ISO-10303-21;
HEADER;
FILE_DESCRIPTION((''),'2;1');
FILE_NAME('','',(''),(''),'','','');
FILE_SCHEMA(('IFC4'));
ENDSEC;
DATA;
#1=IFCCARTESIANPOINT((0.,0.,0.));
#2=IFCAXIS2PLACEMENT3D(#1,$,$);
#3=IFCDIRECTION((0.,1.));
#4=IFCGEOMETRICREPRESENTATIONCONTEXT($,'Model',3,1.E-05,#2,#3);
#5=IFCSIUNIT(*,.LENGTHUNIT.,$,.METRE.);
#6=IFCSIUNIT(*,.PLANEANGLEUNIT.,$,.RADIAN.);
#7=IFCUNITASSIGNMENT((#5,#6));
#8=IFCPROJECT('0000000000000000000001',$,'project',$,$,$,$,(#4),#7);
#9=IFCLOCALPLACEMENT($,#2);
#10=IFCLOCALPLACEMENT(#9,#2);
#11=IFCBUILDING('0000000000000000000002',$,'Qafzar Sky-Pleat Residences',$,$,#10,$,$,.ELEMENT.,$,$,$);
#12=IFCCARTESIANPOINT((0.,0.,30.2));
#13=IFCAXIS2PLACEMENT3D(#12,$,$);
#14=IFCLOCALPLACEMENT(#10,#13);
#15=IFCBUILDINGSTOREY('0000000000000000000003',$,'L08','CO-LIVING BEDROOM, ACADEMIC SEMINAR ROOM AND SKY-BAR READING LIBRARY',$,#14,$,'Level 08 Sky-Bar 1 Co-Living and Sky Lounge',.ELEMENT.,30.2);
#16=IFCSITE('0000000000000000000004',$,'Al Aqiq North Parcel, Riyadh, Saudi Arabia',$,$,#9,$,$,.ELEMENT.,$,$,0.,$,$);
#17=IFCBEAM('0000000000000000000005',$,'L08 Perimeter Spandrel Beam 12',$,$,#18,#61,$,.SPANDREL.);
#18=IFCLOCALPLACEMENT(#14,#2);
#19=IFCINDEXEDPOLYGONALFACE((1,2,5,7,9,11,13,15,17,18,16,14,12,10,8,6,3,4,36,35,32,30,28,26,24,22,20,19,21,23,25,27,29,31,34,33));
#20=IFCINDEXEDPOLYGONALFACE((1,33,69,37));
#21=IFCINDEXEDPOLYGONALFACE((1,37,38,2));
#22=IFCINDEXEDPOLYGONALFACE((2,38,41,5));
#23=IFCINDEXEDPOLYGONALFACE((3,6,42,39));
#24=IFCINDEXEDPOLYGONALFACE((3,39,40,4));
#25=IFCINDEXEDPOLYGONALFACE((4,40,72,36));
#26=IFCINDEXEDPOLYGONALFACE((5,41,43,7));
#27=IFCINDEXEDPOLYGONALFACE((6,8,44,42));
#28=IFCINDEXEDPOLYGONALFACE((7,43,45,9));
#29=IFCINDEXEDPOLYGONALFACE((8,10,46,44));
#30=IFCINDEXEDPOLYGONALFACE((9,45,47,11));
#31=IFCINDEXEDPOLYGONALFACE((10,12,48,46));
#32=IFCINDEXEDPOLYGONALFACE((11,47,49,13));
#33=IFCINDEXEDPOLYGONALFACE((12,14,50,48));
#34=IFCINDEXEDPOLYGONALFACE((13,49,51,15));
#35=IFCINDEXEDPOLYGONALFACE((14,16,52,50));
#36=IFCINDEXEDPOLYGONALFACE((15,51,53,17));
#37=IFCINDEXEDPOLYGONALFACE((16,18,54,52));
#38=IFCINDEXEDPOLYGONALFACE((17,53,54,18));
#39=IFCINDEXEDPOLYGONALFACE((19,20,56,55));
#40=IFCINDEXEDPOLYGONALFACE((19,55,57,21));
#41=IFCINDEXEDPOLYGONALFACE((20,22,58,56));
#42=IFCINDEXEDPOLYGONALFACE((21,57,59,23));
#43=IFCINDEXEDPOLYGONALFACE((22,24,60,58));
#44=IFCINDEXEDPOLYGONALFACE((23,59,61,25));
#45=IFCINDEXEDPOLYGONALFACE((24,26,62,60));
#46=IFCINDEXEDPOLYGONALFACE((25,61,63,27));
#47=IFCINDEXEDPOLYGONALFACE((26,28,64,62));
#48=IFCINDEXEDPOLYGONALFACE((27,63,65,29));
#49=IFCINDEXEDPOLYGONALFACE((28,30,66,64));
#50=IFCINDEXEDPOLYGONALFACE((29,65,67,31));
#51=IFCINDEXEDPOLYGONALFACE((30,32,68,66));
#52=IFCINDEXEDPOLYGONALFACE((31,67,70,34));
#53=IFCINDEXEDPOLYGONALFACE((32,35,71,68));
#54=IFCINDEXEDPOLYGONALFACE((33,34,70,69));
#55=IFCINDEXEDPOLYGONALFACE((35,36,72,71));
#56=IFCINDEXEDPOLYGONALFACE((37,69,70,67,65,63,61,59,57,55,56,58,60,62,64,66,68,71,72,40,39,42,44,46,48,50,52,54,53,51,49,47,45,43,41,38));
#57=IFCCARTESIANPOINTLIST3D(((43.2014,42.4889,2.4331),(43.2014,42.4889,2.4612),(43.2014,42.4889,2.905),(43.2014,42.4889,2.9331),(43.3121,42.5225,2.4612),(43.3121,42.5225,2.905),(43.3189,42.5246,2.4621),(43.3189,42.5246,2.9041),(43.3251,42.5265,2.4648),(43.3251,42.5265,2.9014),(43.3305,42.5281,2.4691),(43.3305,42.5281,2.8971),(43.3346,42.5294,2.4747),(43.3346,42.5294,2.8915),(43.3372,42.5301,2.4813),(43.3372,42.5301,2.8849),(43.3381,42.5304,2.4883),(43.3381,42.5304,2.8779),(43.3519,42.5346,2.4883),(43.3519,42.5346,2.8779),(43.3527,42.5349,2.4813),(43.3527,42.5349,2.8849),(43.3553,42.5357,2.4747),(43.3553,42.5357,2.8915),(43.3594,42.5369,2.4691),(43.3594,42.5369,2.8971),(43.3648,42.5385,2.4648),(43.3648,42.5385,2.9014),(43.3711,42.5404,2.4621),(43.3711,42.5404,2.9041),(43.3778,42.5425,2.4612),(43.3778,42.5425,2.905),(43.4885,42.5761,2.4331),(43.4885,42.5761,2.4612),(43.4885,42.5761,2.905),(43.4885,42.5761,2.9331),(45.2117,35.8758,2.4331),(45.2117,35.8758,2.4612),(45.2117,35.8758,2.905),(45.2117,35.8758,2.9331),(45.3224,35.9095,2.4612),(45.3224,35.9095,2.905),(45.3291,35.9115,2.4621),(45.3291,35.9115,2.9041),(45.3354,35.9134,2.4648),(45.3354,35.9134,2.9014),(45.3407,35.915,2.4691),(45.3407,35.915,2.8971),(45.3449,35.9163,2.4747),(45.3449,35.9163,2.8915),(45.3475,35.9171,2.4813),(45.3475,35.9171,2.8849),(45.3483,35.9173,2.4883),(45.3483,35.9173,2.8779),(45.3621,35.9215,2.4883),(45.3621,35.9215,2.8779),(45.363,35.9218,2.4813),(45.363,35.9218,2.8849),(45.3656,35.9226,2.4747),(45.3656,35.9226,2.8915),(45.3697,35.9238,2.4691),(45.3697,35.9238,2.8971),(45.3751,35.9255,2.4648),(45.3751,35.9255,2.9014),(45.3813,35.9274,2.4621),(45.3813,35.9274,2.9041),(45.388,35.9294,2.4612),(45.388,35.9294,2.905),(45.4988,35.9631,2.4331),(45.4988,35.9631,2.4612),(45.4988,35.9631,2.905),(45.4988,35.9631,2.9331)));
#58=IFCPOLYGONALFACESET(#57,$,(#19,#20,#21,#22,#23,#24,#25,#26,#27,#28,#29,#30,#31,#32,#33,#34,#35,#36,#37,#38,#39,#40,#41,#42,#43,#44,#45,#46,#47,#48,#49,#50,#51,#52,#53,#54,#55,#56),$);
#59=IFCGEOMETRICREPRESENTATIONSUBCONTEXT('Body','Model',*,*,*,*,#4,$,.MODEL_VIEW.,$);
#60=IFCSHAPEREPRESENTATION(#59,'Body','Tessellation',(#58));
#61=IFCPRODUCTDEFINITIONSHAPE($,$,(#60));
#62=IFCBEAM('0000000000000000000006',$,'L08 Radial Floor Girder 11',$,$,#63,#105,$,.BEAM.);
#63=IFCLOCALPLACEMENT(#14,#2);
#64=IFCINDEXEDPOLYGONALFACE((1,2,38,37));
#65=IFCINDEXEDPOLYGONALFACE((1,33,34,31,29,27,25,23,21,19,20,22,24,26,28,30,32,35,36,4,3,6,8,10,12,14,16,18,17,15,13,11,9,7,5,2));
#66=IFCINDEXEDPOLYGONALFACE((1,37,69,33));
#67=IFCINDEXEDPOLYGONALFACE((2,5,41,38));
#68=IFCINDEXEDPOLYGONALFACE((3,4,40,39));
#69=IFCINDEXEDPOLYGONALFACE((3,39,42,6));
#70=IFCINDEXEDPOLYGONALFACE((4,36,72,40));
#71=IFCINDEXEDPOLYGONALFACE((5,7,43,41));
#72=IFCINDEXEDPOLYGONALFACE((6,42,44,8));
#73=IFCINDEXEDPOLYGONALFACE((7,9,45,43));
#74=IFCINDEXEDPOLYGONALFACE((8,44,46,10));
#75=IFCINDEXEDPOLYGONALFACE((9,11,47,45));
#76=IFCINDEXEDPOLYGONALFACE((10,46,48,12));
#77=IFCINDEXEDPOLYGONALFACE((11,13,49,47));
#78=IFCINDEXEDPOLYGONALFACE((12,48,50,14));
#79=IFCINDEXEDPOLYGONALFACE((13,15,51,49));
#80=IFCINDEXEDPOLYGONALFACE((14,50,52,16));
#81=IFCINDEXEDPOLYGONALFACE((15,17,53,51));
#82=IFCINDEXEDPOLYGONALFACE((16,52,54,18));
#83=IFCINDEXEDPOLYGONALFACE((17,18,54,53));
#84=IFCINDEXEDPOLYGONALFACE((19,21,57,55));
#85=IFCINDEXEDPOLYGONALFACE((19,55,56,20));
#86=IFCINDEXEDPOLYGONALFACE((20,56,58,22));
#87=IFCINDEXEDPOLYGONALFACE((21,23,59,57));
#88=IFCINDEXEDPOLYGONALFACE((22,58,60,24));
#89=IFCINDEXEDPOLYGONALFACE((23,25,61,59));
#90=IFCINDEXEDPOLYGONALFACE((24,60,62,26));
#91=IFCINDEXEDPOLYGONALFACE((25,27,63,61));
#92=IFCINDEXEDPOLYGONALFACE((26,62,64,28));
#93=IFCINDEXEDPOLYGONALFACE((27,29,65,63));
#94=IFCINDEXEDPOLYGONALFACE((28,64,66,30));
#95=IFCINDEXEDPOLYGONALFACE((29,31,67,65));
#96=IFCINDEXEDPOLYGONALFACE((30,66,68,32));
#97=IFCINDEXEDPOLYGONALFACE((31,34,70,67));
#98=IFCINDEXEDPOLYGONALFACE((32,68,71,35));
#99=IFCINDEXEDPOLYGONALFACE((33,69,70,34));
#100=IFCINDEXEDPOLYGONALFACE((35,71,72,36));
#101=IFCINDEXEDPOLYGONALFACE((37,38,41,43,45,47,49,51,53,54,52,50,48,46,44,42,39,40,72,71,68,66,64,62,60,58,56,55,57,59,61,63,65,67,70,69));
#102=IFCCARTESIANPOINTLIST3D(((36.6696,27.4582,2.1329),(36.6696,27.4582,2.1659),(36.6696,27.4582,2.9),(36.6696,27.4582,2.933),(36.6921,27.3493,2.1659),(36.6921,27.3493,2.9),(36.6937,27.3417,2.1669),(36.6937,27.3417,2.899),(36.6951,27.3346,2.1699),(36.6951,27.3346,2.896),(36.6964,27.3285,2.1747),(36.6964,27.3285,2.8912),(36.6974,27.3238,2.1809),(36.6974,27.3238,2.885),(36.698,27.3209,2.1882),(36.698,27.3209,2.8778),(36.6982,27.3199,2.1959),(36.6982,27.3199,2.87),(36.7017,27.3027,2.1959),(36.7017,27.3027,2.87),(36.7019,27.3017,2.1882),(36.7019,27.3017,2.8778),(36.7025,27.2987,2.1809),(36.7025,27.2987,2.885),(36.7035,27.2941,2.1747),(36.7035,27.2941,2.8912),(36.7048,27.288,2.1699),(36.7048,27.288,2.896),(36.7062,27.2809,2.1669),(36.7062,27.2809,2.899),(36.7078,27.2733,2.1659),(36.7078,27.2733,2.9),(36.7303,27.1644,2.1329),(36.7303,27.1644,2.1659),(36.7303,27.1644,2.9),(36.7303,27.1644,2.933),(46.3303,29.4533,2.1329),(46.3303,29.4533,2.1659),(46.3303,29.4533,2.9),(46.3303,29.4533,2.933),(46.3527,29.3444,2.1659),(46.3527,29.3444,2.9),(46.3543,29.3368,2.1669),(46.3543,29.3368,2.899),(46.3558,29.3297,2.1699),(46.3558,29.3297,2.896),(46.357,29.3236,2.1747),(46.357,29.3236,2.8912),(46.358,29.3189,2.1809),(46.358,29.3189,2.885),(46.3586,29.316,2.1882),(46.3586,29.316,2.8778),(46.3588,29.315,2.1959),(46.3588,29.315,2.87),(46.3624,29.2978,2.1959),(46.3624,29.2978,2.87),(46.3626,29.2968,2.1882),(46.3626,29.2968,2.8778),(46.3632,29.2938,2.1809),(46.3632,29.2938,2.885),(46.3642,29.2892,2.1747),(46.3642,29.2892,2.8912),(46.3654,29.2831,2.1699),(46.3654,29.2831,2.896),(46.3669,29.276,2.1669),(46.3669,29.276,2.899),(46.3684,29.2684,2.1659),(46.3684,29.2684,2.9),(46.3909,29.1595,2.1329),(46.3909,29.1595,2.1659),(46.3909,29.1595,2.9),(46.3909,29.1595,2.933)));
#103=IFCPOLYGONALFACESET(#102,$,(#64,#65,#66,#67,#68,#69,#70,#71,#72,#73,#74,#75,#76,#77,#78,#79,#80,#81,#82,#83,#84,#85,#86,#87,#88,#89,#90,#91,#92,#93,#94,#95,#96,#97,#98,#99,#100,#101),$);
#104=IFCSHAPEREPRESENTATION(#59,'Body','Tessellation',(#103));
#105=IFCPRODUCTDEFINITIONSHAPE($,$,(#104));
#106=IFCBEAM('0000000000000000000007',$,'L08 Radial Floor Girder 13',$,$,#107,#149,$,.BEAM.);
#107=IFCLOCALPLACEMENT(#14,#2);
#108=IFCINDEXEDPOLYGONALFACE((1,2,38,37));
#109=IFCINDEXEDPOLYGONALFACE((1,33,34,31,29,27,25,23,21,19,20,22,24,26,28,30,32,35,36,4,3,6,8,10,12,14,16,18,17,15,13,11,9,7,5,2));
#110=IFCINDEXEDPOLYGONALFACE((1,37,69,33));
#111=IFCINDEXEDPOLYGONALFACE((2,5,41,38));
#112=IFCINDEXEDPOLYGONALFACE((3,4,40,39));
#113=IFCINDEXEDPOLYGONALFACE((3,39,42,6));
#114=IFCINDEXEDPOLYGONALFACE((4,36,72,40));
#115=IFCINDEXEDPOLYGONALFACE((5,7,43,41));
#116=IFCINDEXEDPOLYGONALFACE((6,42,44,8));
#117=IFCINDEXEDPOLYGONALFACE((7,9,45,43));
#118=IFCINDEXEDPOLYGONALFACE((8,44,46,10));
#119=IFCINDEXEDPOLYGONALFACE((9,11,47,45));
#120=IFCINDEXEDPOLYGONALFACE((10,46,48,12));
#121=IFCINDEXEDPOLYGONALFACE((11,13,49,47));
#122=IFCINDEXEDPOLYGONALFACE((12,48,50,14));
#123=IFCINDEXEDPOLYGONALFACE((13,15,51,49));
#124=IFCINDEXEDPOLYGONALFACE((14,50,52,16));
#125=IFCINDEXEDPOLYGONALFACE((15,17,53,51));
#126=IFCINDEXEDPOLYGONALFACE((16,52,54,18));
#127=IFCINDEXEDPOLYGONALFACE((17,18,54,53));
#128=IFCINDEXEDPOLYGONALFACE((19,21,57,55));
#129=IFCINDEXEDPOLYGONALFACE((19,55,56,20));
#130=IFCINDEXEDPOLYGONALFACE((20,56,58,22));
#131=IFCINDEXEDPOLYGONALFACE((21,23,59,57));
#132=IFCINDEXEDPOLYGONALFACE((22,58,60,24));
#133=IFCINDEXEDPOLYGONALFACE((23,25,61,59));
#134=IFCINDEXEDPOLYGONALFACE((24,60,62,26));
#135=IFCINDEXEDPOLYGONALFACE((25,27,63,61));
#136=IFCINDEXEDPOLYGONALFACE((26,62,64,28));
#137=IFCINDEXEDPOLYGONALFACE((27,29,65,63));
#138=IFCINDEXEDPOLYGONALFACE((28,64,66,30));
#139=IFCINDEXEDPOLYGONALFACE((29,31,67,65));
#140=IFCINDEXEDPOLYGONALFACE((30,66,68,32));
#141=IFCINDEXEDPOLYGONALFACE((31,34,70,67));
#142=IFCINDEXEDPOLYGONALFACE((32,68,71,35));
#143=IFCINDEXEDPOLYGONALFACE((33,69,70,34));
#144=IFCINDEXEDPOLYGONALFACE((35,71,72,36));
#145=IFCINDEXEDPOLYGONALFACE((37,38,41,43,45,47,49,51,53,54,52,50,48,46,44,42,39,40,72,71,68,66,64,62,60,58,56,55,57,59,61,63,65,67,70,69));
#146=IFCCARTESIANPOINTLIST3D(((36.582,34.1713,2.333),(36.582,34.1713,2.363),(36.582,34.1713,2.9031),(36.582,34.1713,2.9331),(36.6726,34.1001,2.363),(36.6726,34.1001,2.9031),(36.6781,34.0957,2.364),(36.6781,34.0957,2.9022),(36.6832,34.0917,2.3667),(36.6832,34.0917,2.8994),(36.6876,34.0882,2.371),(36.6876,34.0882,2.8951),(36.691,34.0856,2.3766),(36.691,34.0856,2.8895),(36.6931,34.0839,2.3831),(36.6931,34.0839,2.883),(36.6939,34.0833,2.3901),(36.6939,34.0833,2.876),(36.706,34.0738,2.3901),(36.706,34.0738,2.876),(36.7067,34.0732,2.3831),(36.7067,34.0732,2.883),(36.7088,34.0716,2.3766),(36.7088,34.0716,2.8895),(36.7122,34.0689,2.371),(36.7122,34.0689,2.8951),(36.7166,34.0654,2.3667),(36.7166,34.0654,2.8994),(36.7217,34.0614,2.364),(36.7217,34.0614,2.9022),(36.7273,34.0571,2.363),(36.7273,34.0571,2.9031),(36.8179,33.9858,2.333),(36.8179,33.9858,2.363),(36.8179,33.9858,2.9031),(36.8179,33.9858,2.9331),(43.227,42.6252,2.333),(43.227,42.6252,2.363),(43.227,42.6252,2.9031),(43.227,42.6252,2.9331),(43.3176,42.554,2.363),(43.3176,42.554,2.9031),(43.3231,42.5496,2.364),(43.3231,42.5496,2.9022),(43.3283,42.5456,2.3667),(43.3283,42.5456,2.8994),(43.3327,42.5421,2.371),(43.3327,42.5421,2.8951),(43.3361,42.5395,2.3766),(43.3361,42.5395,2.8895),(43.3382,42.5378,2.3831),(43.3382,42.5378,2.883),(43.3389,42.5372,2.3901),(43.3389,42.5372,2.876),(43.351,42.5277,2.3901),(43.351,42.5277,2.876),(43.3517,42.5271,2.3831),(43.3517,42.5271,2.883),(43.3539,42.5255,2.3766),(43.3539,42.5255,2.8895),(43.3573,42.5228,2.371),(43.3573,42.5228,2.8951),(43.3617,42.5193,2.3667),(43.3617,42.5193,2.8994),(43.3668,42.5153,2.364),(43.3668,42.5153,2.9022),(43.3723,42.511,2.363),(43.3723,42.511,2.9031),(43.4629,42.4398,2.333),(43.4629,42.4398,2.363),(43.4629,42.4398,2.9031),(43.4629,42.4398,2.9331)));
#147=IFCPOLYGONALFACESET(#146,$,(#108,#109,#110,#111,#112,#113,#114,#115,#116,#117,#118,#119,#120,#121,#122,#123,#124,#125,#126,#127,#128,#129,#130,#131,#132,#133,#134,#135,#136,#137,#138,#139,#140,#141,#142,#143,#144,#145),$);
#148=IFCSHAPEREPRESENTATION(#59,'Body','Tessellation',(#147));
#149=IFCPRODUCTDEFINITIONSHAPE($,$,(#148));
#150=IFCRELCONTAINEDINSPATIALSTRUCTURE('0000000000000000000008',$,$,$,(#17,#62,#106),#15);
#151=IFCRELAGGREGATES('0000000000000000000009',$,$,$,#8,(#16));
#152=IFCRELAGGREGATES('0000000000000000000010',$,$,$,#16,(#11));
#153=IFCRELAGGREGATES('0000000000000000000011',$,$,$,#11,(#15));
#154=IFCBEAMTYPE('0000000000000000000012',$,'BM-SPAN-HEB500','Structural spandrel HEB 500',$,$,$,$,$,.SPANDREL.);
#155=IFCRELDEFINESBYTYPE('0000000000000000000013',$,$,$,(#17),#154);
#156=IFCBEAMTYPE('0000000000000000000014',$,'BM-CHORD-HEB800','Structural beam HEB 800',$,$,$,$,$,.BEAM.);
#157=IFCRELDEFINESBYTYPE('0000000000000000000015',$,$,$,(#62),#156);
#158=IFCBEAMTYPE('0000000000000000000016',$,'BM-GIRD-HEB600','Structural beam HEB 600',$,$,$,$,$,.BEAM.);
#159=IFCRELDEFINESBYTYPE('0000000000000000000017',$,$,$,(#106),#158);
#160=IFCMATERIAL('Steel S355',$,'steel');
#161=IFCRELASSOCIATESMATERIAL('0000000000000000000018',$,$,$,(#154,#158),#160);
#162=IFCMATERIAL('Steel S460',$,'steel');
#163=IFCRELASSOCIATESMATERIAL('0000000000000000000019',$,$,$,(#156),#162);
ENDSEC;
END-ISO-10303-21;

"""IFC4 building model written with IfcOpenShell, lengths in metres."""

from ifc_helpers import new_model, si_unit, direction, frame, origin, origin_2d, place, context, subcontext, project, spatial, i_section, extrude, source, transform, mapped, material, material_profile, profile_set, type_object, element, save


model = new_model("IFC4")

# Units and contexts
model_context = context("Model", 3, precision=1e-05, world=origin(), true_north=direction((0.0, 1.0)))
body_context = subcontext(model_context, "Body", "Model", "MODEL_VIEW")
ifc_project = project(units=[si_unit("LENGTHUNIT", "METRE"), si_unit("PLANEANGLEUNIT", "RADIAN")], contexts=[model_context])

# Site, building, storey
site_placement = place(None, origin())
site = spatial("IfcSite", under=ifc_project, at=site_placement, Name="Al Aqiq North Parcel, Riyadh, Saudi Arabia", CompositionType="ELEMENT", RefElevation=0.0)
building_placement = place(site_placement, origin())
building = spatial("IfcBuilding", under=site, at=building_placement, Name="Qafzar Sky-Pleat Residences", CompositionType="ELEMENT")
storey_placement = place(building_placement, frame((0.0, 0.0, 30.2)))
storey = spatial("IfcBuildingStorey", under=building, at=storey_placement, Name="L08", Description="CO-LIVING BEDROOM, ACADEMIC SEMINAR ROOM AND SKY-BAR READING LIBRARY", LongName="Level 08 Sky-Bar 1 Co-Living and Sky Lounge", CompositionType="ELEMENT", Elevation=30.2)

# Shared definitions
ifc_material_1 = material(Name="Steel S460", Category="steel")

# Beams
ifc_material_2 = material(Name="Steel S355", Category="steel")
ifc_material_profile_1 = material_profile(ifc_material_2, i_section(OverallWidth=0.3, OverallDepth=0.5, WebThickness=0.0144, FlangeThickness=0.0281, FilletRadius=0.0271, at=origin_2d()), Name="HEB 500")
ifc_profile_set_1 = profile_set([ifc_material_profile_1], Name="Steel S355")
beam_type_1 = type_object("IfcBeamType", Name="BM-SPAN-HEB500", Description="Structural spandrel HEB 500", PredefinedType="SPANDREL", material=ifc_profile_set_1)
shared_shape_1 = source(origin(), body_context, "Body", "SweptSolid", [
    extrude(i_section(OverallWidth=0.3, OverallDepth=0.5, WebThickness=0.0144, FlangeThickness=0.0281, FilletRadius=0.0271, at=origin_2d()), origin(), (0.0, 0.0, 1.0), 6.9119),
])
beam_1_placement = place(storey_placement, frame((45.3552, 35.9194, 2.6831), z_axis=(-0.290843, 0.956771, 0.0), x_axis=(-0.956771, -0.290843, 0.0)))
element("IfcBeam", 1, at=beam_1_placement, inside=storey, type_object=beam_type_1, Name="L08 Perimeter Spandrel Beam 12", PredefinedType="SPANDREL", context=body_context, shape_type="MappedRepresentation", body=[
    mapped(shared_shape_1, transform((0.0, 0.0, 0.0), x_axis=(1.0, 0.0, 0.0), y_axis=(0.0, 1.0, 0.0), z_axis=(0.0, 0.0, 1.0), scale=1.0)),
])
ifc_material_profile_2 = material_profile(ifc_material_1, i_section(OverallWidth=0.3, OverallDepth=0.8, WebThickness=0.0176, FlangeThickness=0.033, FilletRadius=0.03, at=origin_2d()), Name="HEB 800")
ifc_profile_set_2 = profile_set([ifc_material_profile_2], Name="Steel S460")
beam_type_2 = type_object("IfcBeamType", Name="BM-CHORD-HEB800", Description="Structural beam HEB 800", PredefinedType="BEAM", material=ifc_profile_set_2)
shared_shape_2 = source(origin(), body_context, "Body", "SweptSolid", [
    extrude(i_section(OverallWidth=0.3, OverallDepth=0.8, WebThickness=0.0176, FlangeThickness=0.033, FilletRadius=0.03, at=origin_2d()), origin(), (0.0, 0.0, 1.0), 9.8645),
])
beam_2_placement = place(storey_placement, frame((46.3606, 29.3064, 2.533), z_axis=(-0.979334, -0.202252, 0.0), x_axis=(0.202252, -0.979334, 0.0)))
element("IfcBeam", 2, at=beam_2_placement, inside=storey, type_object=beam_type_2, Name="L08 Radial Floor Girder 11", PredefinedType="BEAM", context=body_context, shape_type="MappedRepresentation", body=[
    mapped(shared_shape_2, transform((0.0, 0.0, 0.0), x_axis=(1.0, 0.0, 0.0), y_axis=(0.0, 1.0, 0.0), z_axis=(0.0, 0.0, 1.0), scale=1.0)),
])
ifc_material_profile_3 = material_profile(ifc_material_2, i_section(OverallWidth=0.3, OverallDepth=0.6001, WebThickness=0.0154, FlangeThickness=0.03, FilletRadius=0.0271, at=origin_2d()), Name="HEB 600")
ifc_profile_set_3 = profile_set([ifc_material_profile_3], Name="Steel S355")
beam_type_3 = type_object("IfcBeamType", Name="BM-GIRD-HEB600", Description="Structural beam HEB 600", PredefinedType="BEAM", material=ifc_profile_set_3)
shared_shape_3 = source(origin(), body_context, "Body", "SweptSolid", [
    extrude(i_section(OverallWidth=0.3, OverallDepth=0.6001, WebThickness=0.0154, FlangeThickness=0.03, FilletRadius=0.0271, at=origin_2d()), origin(), (0.0, 0.0, 1.0), 10.7529),
])
beam_3_placement = place(storey_placement, frame((43.345, 42.5325, 2.6331), z_axis=(-0.617977, -0.786196, 0.0), x_axis=(0.786196, -0.617977, 0.0)))
element("IfcBeam", 3, at=beam_3_placement, inside=storey, type_object=beam_type_3, Name="L08 Radial Floor Girder 13", PredefinedType="BEAM", context=body_context, shape_type="MappedRepresentation", body=[
    mapped(shared_shape_3, transform((0.0, 0.0, 0.0), x_axis=(1.0, 0.0, 0.0), y_axis=(0.0, 1.0, 0.0), z_axis=(0.0, 0.0, 1.0), scale=1.0)),
])

save(model, "model.ifc")
